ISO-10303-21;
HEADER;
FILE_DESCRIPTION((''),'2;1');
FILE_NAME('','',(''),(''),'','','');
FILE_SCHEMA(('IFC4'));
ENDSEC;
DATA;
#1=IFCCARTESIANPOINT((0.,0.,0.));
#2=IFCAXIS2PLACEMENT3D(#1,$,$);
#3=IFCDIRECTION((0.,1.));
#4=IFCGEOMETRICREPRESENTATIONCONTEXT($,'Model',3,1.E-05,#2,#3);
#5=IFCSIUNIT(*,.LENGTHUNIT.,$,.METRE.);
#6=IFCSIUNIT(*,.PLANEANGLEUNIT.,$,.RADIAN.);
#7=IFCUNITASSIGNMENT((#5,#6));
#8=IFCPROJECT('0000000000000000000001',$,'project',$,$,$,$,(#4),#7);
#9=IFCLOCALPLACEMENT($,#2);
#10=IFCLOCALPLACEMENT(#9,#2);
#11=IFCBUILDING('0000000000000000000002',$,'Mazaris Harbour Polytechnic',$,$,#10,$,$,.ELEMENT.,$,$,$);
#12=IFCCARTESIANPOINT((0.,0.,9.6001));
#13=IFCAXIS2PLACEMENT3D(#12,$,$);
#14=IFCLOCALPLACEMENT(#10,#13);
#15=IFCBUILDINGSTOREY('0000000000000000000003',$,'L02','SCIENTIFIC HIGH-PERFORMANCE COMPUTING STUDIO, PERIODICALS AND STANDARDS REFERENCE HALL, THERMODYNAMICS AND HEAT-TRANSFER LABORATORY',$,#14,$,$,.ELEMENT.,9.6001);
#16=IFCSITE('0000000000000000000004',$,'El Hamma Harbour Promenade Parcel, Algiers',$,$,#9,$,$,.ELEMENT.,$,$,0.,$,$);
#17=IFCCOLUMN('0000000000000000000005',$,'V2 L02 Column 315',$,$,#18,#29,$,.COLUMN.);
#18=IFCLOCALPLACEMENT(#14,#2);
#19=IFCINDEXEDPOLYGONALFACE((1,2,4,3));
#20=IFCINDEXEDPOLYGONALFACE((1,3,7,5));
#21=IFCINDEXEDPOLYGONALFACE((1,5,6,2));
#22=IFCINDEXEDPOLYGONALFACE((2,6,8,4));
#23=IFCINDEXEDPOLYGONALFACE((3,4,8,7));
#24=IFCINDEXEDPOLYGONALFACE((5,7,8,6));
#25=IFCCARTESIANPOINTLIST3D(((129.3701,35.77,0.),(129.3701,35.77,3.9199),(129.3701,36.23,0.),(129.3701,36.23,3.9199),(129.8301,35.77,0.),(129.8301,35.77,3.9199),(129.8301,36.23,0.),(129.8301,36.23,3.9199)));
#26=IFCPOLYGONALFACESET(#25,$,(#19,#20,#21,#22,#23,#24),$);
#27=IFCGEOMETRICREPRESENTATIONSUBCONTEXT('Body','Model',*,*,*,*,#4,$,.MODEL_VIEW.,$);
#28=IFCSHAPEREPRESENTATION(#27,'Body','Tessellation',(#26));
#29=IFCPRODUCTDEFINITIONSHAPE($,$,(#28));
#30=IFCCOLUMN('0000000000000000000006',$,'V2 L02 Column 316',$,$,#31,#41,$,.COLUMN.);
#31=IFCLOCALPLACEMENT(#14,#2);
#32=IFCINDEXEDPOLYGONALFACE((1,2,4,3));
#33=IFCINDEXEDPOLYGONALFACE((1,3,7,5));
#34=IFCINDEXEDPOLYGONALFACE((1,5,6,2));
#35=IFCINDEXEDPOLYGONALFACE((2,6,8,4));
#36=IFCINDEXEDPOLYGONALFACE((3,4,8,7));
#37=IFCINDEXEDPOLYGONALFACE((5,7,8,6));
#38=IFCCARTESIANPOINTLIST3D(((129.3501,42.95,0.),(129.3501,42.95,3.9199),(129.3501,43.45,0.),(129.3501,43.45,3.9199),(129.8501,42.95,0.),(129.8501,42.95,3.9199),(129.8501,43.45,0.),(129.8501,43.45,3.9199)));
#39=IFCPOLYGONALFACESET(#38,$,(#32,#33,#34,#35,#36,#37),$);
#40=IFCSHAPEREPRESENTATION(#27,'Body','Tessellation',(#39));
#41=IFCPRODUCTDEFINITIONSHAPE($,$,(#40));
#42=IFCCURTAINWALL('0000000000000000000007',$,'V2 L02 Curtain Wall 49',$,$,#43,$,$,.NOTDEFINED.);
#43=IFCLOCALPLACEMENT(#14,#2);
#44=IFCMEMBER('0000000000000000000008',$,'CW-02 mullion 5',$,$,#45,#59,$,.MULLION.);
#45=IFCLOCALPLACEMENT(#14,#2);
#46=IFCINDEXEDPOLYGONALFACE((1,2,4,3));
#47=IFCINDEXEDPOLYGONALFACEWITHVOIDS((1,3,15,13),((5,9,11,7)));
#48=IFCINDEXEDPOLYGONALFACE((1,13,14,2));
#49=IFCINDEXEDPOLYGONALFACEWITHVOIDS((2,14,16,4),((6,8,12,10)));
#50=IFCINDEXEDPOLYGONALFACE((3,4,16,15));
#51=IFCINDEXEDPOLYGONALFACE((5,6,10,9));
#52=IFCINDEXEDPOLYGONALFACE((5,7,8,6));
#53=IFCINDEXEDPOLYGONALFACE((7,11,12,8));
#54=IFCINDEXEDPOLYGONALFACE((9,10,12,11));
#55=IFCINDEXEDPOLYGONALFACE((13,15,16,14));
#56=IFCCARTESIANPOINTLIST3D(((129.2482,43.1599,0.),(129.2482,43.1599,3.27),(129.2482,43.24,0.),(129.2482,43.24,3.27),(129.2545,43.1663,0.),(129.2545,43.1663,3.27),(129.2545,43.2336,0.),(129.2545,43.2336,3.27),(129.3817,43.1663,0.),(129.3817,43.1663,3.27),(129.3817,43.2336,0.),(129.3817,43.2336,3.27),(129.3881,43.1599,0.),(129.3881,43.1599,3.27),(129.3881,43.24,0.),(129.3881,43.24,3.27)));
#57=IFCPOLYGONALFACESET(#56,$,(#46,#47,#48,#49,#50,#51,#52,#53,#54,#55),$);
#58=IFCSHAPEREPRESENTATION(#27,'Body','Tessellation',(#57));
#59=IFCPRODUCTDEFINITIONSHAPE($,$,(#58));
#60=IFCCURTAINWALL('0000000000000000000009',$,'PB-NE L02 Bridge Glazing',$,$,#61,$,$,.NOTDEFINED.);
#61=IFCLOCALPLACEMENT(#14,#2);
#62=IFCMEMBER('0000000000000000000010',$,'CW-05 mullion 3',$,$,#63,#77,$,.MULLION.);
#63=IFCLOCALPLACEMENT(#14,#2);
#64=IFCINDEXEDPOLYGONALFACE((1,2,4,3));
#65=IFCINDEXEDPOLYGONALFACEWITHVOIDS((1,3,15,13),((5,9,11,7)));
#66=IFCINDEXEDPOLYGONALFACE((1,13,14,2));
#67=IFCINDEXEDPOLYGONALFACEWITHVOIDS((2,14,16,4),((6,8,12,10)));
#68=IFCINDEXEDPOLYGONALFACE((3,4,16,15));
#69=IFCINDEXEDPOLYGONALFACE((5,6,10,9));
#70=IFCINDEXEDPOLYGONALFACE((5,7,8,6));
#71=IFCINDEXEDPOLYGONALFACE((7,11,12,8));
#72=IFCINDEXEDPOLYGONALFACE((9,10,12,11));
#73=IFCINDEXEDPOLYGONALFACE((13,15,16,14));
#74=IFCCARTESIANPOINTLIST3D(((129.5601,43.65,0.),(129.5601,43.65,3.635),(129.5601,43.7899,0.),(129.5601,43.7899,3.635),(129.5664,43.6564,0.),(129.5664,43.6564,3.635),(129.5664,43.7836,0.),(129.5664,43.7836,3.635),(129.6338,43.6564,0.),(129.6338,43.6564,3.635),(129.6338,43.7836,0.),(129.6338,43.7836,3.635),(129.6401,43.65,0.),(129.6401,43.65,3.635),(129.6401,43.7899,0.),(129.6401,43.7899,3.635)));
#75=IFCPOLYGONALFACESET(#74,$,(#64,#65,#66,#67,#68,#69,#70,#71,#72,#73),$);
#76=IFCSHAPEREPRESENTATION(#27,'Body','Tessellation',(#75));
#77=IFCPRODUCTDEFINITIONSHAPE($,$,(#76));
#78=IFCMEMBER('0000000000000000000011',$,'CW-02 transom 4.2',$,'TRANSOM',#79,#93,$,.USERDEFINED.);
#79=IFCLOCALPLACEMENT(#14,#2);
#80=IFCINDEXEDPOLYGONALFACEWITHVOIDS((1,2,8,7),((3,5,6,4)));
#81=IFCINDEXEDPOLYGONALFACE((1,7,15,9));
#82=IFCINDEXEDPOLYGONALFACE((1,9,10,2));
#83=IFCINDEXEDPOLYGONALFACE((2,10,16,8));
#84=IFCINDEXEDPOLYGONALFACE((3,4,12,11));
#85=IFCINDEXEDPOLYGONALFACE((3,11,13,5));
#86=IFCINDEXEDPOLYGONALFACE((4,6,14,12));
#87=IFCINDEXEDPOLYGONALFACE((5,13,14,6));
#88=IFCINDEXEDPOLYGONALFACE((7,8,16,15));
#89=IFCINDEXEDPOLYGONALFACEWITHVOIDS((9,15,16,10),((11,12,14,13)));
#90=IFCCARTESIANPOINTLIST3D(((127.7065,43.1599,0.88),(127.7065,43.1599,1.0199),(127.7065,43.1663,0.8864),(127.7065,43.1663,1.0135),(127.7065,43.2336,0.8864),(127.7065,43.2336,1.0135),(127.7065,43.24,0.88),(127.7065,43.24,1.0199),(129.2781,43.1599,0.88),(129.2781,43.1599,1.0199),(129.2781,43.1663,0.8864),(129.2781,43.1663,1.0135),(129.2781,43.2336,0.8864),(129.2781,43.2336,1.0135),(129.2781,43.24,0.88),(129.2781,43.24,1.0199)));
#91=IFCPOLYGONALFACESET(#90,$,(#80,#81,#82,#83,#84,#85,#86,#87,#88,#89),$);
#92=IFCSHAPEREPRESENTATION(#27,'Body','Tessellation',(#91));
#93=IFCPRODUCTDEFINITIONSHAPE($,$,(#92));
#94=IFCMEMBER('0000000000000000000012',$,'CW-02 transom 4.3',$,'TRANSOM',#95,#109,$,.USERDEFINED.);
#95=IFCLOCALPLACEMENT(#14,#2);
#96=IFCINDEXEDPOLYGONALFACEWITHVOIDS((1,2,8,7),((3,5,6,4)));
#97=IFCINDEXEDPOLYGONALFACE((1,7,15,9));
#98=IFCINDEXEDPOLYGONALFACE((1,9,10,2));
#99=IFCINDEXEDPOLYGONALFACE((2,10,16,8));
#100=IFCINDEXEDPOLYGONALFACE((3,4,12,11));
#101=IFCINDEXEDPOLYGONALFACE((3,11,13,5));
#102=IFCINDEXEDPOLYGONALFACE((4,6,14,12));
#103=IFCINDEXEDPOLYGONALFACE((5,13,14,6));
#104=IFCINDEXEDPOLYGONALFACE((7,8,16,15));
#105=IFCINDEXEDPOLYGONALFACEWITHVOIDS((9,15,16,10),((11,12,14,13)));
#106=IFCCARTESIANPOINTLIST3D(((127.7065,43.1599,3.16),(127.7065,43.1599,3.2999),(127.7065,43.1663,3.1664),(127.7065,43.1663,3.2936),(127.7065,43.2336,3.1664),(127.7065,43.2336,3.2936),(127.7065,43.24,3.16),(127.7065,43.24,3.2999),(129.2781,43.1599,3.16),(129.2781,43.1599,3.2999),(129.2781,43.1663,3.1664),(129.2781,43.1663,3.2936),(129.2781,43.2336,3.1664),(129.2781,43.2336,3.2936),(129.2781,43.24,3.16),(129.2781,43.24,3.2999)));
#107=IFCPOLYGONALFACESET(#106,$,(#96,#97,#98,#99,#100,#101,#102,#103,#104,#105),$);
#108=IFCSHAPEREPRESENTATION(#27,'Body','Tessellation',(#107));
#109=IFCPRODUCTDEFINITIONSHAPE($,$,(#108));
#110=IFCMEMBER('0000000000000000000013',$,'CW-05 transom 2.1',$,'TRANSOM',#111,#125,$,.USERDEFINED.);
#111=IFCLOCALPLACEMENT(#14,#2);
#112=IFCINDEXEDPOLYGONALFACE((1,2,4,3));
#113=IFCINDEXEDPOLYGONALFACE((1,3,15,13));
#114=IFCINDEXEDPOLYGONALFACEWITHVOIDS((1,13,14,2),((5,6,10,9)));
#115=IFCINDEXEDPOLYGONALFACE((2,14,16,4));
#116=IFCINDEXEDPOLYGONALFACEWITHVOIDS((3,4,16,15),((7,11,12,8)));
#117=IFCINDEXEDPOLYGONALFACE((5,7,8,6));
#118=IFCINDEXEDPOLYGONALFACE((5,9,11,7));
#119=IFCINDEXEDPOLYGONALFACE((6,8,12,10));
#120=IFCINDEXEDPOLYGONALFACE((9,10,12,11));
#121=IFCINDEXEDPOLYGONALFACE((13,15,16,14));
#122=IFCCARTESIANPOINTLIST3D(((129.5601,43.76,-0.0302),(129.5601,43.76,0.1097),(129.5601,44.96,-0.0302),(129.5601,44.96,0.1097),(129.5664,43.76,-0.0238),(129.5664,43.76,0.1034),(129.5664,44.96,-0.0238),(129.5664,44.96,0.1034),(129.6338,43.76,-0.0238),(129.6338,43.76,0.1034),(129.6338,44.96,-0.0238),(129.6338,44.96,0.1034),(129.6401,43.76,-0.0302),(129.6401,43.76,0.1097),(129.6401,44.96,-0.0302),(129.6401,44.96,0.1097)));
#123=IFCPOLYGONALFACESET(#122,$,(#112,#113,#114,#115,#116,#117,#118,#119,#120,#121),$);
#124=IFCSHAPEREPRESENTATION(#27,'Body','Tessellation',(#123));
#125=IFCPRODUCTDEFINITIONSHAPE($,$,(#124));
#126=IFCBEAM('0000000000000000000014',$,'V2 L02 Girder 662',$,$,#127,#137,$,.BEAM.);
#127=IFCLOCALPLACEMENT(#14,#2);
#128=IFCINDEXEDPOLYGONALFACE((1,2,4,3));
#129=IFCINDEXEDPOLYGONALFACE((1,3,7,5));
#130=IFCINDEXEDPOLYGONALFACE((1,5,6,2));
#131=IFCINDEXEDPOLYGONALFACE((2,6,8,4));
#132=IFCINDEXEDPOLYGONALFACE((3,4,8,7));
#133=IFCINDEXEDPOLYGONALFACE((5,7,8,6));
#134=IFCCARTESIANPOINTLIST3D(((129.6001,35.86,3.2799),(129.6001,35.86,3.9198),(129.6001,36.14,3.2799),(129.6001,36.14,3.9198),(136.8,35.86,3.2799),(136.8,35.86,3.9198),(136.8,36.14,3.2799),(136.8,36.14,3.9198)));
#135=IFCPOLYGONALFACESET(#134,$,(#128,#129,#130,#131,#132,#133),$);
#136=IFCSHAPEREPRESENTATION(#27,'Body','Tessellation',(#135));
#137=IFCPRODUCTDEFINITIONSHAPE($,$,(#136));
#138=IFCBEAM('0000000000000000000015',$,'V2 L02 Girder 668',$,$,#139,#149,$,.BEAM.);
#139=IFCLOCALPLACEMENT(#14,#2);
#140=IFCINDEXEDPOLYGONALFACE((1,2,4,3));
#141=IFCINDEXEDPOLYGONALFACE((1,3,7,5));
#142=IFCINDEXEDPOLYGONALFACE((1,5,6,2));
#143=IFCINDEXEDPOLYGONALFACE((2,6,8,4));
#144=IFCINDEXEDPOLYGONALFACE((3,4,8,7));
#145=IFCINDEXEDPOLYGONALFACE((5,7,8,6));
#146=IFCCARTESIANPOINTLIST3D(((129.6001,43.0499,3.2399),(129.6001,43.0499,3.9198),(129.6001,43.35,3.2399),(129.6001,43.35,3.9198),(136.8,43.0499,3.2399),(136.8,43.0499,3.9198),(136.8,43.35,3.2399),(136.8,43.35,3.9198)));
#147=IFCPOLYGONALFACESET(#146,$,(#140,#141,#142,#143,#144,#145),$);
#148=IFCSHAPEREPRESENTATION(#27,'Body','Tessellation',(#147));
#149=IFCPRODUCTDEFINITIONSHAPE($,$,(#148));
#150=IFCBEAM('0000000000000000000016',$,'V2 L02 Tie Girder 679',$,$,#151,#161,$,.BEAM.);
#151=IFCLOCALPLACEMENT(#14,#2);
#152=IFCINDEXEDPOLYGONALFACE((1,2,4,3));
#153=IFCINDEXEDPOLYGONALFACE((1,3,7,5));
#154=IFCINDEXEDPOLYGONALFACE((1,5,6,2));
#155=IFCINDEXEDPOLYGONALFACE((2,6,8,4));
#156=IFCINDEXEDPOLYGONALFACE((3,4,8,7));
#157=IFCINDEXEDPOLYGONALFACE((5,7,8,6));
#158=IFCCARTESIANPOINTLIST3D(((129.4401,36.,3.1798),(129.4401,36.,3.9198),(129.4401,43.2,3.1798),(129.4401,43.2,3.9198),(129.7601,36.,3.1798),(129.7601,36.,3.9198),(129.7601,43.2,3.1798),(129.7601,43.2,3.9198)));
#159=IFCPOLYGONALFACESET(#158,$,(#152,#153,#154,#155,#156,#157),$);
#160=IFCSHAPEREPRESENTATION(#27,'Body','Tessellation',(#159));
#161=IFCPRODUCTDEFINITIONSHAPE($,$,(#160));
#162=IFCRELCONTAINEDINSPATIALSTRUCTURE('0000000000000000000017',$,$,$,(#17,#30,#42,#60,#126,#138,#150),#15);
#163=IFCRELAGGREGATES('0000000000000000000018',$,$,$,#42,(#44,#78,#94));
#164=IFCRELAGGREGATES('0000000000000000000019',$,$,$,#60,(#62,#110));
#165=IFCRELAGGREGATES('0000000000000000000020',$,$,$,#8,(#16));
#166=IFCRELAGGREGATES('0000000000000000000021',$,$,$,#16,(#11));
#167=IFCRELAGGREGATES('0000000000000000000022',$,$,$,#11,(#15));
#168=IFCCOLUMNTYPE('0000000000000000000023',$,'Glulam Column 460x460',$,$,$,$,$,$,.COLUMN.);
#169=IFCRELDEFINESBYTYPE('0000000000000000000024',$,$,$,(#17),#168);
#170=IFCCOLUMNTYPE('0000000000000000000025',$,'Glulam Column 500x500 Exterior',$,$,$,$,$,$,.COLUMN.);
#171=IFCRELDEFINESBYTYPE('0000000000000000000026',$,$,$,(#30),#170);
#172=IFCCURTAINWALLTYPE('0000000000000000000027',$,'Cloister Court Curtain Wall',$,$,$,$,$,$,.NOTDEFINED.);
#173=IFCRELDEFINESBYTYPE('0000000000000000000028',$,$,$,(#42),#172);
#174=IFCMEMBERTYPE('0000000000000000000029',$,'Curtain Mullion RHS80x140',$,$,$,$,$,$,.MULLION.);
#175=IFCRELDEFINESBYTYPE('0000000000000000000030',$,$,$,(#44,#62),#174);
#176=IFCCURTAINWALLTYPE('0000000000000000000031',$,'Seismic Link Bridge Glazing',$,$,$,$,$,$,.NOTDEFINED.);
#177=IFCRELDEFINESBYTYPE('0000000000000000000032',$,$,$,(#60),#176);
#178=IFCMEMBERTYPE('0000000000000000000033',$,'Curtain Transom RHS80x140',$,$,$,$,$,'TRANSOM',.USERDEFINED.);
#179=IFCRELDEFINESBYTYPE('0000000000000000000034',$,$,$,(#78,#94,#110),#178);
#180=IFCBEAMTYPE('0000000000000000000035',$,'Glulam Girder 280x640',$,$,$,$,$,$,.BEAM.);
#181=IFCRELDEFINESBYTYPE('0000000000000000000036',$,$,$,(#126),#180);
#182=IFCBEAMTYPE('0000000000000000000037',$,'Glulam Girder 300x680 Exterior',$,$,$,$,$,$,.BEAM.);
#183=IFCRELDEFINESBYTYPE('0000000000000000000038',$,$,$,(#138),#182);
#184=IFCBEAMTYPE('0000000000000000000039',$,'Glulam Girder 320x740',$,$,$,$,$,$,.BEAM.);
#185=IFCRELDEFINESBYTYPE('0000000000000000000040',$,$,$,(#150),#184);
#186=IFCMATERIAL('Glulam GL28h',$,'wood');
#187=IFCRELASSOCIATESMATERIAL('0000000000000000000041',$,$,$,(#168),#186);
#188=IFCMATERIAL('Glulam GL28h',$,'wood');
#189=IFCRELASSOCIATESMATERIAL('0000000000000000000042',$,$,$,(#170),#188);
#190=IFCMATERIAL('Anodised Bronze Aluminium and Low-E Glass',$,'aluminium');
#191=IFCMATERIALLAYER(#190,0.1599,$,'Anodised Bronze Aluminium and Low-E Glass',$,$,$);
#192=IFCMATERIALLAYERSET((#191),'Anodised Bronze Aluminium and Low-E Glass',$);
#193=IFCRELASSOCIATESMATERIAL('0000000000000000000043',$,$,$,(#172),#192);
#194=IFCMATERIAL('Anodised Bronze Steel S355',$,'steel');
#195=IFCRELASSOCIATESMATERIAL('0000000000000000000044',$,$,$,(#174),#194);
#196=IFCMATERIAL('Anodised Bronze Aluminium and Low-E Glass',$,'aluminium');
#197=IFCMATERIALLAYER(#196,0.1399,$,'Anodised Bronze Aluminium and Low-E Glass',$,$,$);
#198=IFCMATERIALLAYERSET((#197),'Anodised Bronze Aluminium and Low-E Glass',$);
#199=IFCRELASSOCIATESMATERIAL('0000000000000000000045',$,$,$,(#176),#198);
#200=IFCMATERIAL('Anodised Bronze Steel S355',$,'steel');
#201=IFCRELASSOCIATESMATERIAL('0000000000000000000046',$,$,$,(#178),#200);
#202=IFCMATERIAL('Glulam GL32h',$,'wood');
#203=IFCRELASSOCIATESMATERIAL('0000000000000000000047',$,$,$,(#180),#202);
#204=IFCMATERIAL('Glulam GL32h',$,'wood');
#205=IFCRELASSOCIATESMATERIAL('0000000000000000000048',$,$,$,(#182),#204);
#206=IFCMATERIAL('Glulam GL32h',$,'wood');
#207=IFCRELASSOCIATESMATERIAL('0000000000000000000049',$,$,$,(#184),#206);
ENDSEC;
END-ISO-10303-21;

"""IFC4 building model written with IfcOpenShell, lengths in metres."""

from ifc_helpers import new_model, si_unit, direction, frame, origin, origin_2d, place, context, subcontext, project, spatial, rectangle, hollow_rectangle, extrude, material, layer, layer_set, material_profile, profile_set, type_object, element, aggregate, save


model = new_model("IFC4")

# Units and contexts
model_context = context("Model", 3, precision=1e-05, world=origin(), true_north=direction((0.0, 1.0)))
body_context = subcontext(model_context, "Body", "Model", "MODEL_VIEW")
ifc_project = project(units=[si_unit("LENGTHUNIT", "METRE"), si_unit("PLANEANGLEUNIT", "RADIAN")], contexts=[model_context])

# Site, building, storey
site_placement = place(None, origin())
site = spatial("IfcSite", under=ifc_project, at=site_placement, Name="El Hamma Harbour Promenade Parcel, Algiers", CompositionType="ELEMENT", RefElevation=0.0)
building_placement = place(site_placement, origin())
building = spatial("IfcBuilding", under=site, at=building_placement, Name="Mazaris Harbour Polytechnic", CompositionType="ELEMENT")
storey_placement = place(building_placement, frame((0.0, 0.0, 9.6001)))
storey = spatial("IfcBuildingStorey", under=building, at=storey_placement, Name="L02", Description="SCIENTIFIC HIGH-PERFORMANCE COMPUTING STUDIO, PERIODICALS AND STANDARDS REFERENCE HALL, THERMODYNAMICS AND HEAT-TRANSFER LABORATORY", CompositionType="ELEMENT", Elevation=9.6001)

# Columns
ifc_material_1 = material(Name="Glulam GL28h", Category="wood")
ifc_material_profile_1 = material_profile(ifc_material_1, rectangle(XDim=0.46, YDim=0.46, at=origin_2d()), Name="RECT460x460")
ifc_profile_set_1 = profile_set([ifc_material_profile_1], Name="Glulam GL28h")
column_type_1 = type_object("IfcColumnType", Name="Glulam Column 460x460", PredefinedType="COLUMN", material=ifc_profile_set_1)
column_1_placement = place(storey_placement, frame((129.6001, 36.0, 0.0), z_axis=(0.0, 0.0, 1.0), x_axis=(1.0, 0.0, 0.0)))
element("IfcColumn", 1, at=column_1_placement, inside=storey, type_object=column_type_1, Name="V2 L02 Column 315", PredefinedType="COLUMN", context=body_context, shape_type="SweptSolid", body=[
    extrude(rectangle(XDim=0.46, YDim=0.46, at=origin_2d()), origin(), (0.0, 0.0, 1.0), 3.9199),
])
ifc_material_2 = material(Name="Glulam GL28h", Category="wood")
ifc_material_profile_2 = material_profile(ifc_material_2, rectangle(XDim=0.5, YDim=0.5, at=origin_2d()), Name="RECT500x500")
ifc_profile_set_2 = profile_set([ifc_material_profile_2], Name="Glulam GL28h")
column_type_2 = type_object("IfcColumnType", Name="Glulam Column 500x500 Exterior", PredefinedType="COLUMN", material=ifc_profile_set_2)
column_2_placement = place(storey_placement, frame((129.6001, 43.2, 0.0), z_axis=(0.0, 0.0, 1.0), x_axis=(1.0, 0.0, 0.0)))
element("IfcColumn", 2, at=column_2_placement, inside=storey, type_object=column_type_2, Name="V2 L02 Column 316", PredefinedType="COLUMN", context=body_context, shape_type="SweptSolid", body=[
    extrude(rectangle(XDim=0.5, YDim=0.5, at=origin_2d()), origin(), (0.0, 0.0, 1.0), 3.9199),
])

# Curtain walls, members
ifc_material_3 = material(Name="Anodised Bronze Aluminium and Low-E Glass", Category="aluminium")
ifc_layer_1 = layer(ifc_material_3, 0.1599, Name="Anodised Bronze Aluminium and Low-E Glass")
ifc_layer_set_1 = layer_set([ifc_layer_1], Name="Anodised Bronze Aluminium and Low-E Glass")
curtain_wall_type_1 = type_object("IfcCurtainWallType", Name="Cloister Court Curtain Wall", PredefinedType="NOTDEFINED", material=ifc_layer_set_1)
curtain_wall_1_placement = place(storey_placement, origin())
curtain_wall_1 = element("IfcCurtainWall", 3, at=curtain_wall_1_placement, inside=storey, type_object=curtain_wall_type_1, Name="V2 L02 Curtain Wall 49", PredefinedType="NOTDEFINED")
ifc_material_4 = material(Name="Anodised Bronze Steel S355", Category="steel")
ifc_material_profile_3 = material_profile(ifc_material_4, hollow_rectangle(XDim=0.0801, YDim=0.1399, WallThickness=0.0063, at=origin_2d()), Name="RHS 80x140x6.3")
ifc_profile_set_3 = profile_set([ifc_material_profile_3], Name="Anodised Bronze Steel S355")
member_type_1 = type_object("IfcMemberType", Name="Curtain Mullion RHS80x140", PredefinedType="MULLION", material=ifc_profile_set_3)
member_1_placement = place(storey_placement, frame((129.3181, 43.2, 0.0), z_axis=(0.0, 0.0, 1.0), x_axis=(0.0, 1.0, 0.0)))
member_1 = element("IfcMember", 4, at=member_1_placement, type_object=member_type_1, Name="CW-02 mullion 5", PredefinedType="MULLION", context=body_context, shape_type="SweptSolid", body=[
    extrude(hollow_rectangle(XDim=0.0801, YDim=0.1399, WallThickness=0.0063, at=origin_2d()), origin(), (0.0, 0.0, 1.0), 3.27),
])
ifc_material_5 = material(Name="Anodised Bronze Aluminium and Low-E Glass", Category="aluminium")
ifc_layer_2 = layer(ifc_material_5, 0.1399, Name="Anodised Bronze Aluminium and Low-E Glass")
ifc_layer_set_2 = layer_set([ifc_layer_2], Name="Anodised Bronze Aluminium and Low-E Glass")
curtain_wall_type_2 = type_object("IfcCurtainWallType", Name="Seismic Link Bridge Glazing", PredefinedType="NOTDEFINED", material=ifc_layer_set_2)
curtain_wall_2_placement = place(storey_placement, origin())
curtain_wall_2 = element("IfcCurtainWall", 5, at=curtain_wall_2_placement, inside=storey, type_object=curtain_wall_type_2, Name="PB-NE L02 Bridge Glazing", PredefinedType="NOTDEFINED")
member_2_placement = place(storey_placement, frame((129.6001, 43.72, 0.0), z_axis=(0.0, 0.0, 1.0), x_axis=(1.0, 0.0, 0.0)))
member_2 = element("IfcMember", 6, at=member_2_placement, type_object=member_type_1, Name="CW-05 mullion 3", PredefinedType="MULLION", context=body_context, shape_type="SweptSolid", body=[
    extrude(hollow_rectangle(XDim=0.0801, YDim=0.1399, WallThickness=0.0063, at=origin_2d()), origin(), (0.0, 0.0, 1.0), 3.635),
])

# Members
ifc_material_6 = material(Name="Anodised Bronze Steel S355", Category="steel")
ifc_material_profile_4 = material_profile(ifc_material_6, hollow_rectangle(XDim=0.0801, YDim=0.1399, WallThickness=0.0063, at=origin_2d()), Name="RHS 80x140x6.3")
ifc_profile_set_4 = profile_set([ifc_material_profile_4], Name="Anodised Bronze Steel S355")
member_type_2 = type_object("IfcMemberType", Name="Curtain Transom RHS80x140", ElementType="TRANSOM", PredefinedType="USERDEFINED", material=ifc_profile_set_4)
member_3_placement = place(storey_placement, frame((127.7065, 43.2, 0.95), z_axis=(1.0, 0.0, 0.0), x_axis=(0.0, 1.0, 0.0)))
member_3 = element("IfcMember", 7, at=member_3_placement, type_object=member_type_2, Name="CW-02 transom 4.2", ObjectType="TRANSOM", PredefinedType="USERDEFINED", context=body_context, shape_type="SweptSolid", body=[
    extrude(hollow_rectangle(XDim=0.0801, YDim=0.1399, WallThickness=0.0063, at=origin_2d()), origin(), (0.0, 0.0, 1.0), 1.5715),
])
member_4_placement = place(storey_placement, frame((127.7065, 43.2, 3.23), z_axis=(1.0, 0.0, 0.0), x_axis=(0.0, 1.0, 0.0)))
member_4 = element("IfcMember", 8, at=member_4_placement, type_object=member_type_2, Name="CW-02 transom 4.3", ObjectType="TRANSOM", PredefinedType="USERDEFINED", context=body_context, shape_type="SweptSolid", body=[
    extrude(hollow_rectangle(XDim=0.0801, YDim=0.1399, WallThickness=0.0063, at=origin_2d()), origin(), (0.0, 0.0, 1.0), 1.5715),
])
member_5_placement = place(storey_placement, frame((129.6001, 44.96, 0.0398), z_axis=(0.0, -1.0, 0.0), x_axis=(1.0, 0.0, 0.0)))
member_5 = element("IfcMember", 9, at=member_5_placement, type_object=member_type_2, Name="CW-05 transom 2.1", ObjectType="TRANSOM", PredefinedType="USERDEFINED", context=body_context, shape_type="SweptSolid", body=[
    extrude(hollow_rectangle(XDim=0.0801, YDim=0.1399, WallThickness=0.0063, at=origin_2d()), origin(), (0.0, 0.0, 1.0), 1.2),
])

# Beams
ifc_material_7 = material(Name="Glulam GL32h", Category="wood")
ifc_material_profile_5 = material_profile(ifc_material_7, rectangle(XDim=0.28, YDim=0.6399, at=origin_2d()), Name="RECT280x640")
ifc_profile_set_5 = profile_set([ifc_material_profile_5], Name="Glulam GL32h")
beam_type_1 = type_object("IfcBeamType", Name="Glulam Girder 280x640", PredefinedType="BEAM", material=ifc_profile_set_5)
beam_1_placement = place(storey_placement, frame((129.6001, 36.0, 3.5999), z_axis=(1.0, 0.0, 0.0), x_axis=(0.0, 1.0, 0.0)))
element("IfcBeam", 10, at=beam_1_placement, inside=storey, type_object=beam_type_1, Name="V2 L02 Girder 662", PredefinedType="BEAM", context=body_context, shape_type="SweptSolid", body=[
    extrude(rectangle(XDim=0.28, YDim=0.6399, at=origin_2d()), origin(), (0.0, 0.0, 1.0), 7.2),
])
ifc_material_8 = material(Name="Glulam GL32h", Category="wood")
ifc_material_profile_6 = material_profile(ifc_material_8, rectangle(XDim=0.3, YDim=0.6799, at=origin_2d()), Name="RECT300x680")
ifc_profile_set_6 = profile_set([ifc_material_profile_6], Name="Glulam GL32h")
beam_type_2 = type_object("IfcBeamType", Name="Glulam Girder 300x680 Exterior", PredefinedType="BEAM", material=ifc_profile_set_6)
beam_2_placement = place(storey_placement, frame((129.6001, 43.2, 3.5798), z_axis=(1.0, 0.0, 0.0), x_axis=(0.0, 1.0, 0.0)))
element("IfcBeam", 11, at=beam_2_placement, inside=storey, type_object=beam_type_2, Name="V2 L02 Girder 668", PredefinedType="BEAM", context=body_context, shape_type="SweptSolid", body=[
    extrude(rectangle(XDim=0.3, YDim=0.6799, at=origin_2d()), origin(), (0.0, 0.0, 1.0), 7.2),
])
ifc_material_9 = material(Name="Glulam GL32h", Category="wood")
ifc_material_profile_7 = material_profile(ifc_material_9, rectangle(XDim=0.3201, YDim=0.74, at=origin_2d()), Name="RECT320x740")
ifc_profile_set_7 = profile_set([ifc_material_profile_7], Name="Glulam GL32h")
beam_type_3 = type_object("IfcBeamType", Name="Glulam Girder 320x740", PredefinedType="BEAM", material=ifc_profile_set_7)
beam_3_placement = place(storey_placement, frame((129.6001, 36.0, 3.5498), z_axis=(0.0, 1.0, 0.0), x_axis=(-1.0, 0.0, 0.0)))
element("IfcBeam", 12, at=beam_3_placement, inside=storey, type_object=beam_type_3, Name="V2 L02 Tie Girder 679", PredefinedType="BEAM", context=body_context, shape_type="SweptSolid", body=[
    extrude(rectangle(XDim=0.3201, YDim=0.74, at=origin_2d()), origin(), (0.0, 0.0, 1.0), 7.2),
])

aggregate(curtain_wall_1, [member_1, member_3, member_4])
aggregate(curtain_wall_2, [member_2, member_5])

save(model, "model.ifc")
